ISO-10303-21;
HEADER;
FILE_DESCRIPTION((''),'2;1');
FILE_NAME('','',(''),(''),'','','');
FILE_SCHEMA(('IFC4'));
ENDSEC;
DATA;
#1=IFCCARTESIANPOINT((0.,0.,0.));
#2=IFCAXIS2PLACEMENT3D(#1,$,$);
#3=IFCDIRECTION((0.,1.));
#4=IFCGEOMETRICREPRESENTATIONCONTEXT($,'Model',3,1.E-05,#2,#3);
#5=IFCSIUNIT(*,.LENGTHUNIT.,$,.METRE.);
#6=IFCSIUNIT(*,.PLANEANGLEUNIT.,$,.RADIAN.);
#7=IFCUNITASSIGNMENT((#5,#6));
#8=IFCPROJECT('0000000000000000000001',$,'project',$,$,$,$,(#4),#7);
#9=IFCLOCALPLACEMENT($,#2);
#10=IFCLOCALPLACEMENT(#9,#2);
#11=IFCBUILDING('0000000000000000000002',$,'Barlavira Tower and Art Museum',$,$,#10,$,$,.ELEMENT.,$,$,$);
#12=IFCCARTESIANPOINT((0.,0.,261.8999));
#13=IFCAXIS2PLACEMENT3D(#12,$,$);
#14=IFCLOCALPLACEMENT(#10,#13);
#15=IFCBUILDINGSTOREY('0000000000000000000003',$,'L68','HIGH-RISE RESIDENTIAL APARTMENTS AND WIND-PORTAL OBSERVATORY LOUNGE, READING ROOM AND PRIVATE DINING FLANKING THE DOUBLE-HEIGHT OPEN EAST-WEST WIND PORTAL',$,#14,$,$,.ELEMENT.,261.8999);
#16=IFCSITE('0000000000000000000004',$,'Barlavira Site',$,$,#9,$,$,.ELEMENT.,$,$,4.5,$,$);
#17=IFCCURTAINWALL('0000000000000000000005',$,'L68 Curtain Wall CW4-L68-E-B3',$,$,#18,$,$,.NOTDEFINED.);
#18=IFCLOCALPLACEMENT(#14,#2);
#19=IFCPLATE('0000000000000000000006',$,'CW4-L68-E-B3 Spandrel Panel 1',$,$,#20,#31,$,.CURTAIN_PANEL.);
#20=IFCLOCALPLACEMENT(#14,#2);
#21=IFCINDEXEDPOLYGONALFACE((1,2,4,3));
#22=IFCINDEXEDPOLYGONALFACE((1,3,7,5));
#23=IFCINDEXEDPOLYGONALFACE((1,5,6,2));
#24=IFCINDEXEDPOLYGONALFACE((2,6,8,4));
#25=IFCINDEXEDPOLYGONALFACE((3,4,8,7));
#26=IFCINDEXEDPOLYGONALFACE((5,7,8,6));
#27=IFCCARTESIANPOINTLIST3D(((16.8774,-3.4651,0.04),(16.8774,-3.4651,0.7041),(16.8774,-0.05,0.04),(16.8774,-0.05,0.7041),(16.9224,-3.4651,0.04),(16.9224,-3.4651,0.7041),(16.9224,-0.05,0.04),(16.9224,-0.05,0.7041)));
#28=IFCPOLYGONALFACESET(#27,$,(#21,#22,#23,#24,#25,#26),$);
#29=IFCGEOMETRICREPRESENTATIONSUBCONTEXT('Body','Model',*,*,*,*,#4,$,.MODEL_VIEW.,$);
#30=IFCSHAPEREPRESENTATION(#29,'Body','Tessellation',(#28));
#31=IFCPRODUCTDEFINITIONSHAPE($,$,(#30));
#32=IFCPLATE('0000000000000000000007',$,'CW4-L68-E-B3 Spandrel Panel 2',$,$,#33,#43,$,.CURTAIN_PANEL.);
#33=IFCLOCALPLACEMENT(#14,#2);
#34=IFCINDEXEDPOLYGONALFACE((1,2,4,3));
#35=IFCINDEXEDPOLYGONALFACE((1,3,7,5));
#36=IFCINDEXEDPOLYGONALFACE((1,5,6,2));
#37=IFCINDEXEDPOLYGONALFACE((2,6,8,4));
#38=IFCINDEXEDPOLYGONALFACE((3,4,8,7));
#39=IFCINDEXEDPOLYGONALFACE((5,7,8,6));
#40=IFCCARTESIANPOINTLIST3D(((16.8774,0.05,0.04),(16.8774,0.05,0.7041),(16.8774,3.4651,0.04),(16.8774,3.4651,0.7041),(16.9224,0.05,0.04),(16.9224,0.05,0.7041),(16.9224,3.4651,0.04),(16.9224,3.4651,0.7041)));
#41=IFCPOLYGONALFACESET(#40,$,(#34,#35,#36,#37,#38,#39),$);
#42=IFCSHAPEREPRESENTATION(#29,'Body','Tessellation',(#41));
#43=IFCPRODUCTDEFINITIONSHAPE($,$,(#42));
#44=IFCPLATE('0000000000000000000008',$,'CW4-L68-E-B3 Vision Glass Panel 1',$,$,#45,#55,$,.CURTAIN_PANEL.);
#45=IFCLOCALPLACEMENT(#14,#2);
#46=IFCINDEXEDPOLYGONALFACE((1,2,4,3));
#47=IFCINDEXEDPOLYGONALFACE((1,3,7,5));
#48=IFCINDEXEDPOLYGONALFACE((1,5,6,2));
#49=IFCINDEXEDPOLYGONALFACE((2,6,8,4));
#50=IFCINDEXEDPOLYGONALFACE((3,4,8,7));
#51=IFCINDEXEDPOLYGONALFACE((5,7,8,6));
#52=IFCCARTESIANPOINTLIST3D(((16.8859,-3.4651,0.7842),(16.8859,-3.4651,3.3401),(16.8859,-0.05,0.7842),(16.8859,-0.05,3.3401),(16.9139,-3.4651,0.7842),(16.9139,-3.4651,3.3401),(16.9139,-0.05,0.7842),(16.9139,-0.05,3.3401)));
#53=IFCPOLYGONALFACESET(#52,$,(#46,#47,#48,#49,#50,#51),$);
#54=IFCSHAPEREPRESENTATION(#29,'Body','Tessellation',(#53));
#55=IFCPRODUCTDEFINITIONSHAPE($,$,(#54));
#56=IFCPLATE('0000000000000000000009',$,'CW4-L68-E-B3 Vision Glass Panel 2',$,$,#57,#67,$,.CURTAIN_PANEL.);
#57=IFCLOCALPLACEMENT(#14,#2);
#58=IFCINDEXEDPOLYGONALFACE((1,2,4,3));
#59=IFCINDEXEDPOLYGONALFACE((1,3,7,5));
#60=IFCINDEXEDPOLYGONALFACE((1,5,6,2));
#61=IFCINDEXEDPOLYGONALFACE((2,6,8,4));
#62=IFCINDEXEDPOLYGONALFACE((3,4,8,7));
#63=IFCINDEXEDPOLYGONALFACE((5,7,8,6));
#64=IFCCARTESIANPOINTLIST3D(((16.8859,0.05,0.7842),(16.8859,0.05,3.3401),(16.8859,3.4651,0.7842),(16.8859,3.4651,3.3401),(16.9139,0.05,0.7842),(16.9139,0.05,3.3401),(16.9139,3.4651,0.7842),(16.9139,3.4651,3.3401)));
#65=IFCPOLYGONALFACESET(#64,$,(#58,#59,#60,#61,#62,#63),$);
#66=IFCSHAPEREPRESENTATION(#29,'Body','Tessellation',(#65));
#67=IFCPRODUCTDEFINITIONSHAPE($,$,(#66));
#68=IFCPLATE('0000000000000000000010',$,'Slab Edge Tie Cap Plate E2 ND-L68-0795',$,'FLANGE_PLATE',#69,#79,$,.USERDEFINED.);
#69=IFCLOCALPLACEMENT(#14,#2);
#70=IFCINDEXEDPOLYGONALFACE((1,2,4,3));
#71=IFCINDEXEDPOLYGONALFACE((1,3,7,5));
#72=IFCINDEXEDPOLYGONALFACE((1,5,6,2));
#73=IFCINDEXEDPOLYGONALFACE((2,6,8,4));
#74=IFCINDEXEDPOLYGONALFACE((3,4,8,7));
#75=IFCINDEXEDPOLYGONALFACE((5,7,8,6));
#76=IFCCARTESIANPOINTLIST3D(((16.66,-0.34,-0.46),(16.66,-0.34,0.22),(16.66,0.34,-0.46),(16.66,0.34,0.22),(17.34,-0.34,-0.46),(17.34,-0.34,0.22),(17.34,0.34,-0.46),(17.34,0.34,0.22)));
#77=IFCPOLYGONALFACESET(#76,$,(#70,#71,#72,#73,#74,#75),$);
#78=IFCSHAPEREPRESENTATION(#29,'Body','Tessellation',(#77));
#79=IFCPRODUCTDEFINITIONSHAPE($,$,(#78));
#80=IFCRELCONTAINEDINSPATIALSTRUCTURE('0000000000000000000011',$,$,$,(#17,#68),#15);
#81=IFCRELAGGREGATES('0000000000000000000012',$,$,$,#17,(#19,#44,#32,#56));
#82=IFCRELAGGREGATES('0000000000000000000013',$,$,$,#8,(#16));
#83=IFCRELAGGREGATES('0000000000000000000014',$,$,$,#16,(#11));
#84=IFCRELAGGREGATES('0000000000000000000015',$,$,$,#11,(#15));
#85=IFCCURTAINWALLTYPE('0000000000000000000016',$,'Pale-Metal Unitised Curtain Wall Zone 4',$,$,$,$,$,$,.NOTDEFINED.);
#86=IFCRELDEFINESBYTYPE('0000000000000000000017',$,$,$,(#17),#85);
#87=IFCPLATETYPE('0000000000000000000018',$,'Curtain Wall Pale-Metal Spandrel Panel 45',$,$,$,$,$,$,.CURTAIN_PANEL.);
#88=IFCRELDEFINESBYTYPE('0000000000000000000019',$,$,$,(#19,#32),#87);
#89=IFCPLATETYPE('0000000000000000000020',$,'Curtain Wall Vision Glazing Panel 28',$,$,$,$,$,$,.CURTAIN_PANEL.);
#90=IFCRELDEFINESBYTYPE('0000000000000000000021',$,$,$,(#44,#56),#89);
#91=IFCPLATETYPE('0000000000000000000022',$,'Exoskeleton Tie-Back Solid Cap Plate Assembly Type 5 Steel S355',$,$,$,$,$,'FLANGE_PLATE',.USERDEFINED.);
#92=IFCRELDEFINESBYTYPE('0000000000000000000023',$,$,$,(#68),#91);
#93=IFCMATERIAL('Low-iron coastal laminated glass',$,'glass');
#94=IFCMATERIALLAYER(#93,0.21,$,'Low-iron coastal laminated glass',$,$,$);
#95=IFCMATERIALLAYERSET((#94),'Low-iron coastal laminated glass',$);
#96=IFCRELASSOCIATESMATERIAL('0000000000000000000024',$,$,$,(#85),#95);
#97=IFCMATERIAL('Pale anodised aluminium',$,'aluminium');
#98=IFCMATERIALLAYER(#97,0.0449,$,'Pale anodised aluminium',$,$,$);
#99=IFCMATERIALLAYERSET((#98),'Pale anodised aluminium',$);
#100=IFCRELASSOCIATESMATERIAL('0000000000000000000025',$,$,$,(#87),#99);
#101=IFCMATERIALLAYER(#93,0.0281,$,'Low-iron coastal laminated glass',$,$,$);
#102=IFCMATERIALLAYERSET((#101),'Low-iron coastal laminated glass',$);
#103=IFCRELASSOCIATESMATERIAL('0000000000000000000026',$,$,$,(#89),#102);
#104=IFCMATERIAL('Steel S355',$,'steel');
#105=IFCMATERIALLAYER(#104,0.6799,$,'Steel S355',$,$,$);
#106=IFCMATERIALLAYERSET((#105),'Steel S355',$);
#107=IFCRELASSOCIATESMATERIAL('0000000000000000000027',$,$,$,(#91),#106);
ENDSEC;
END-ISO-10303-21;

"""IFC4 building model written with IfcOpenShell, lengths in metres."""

from ifc_helpers import new_model, si_unit, direction, frame, origin, origin_2d, place, context, subcontext, project, spatial, rectangle, extrude, material, layer, layer_set, type_object, element, aggregate, save


model = new_model("IFC4")

# Units and contexts
model_context = context("Model", 3, precision=1e-05, world=origin(), true_north=direction((0.0, 1.0)))
body_context = subcontext(model_context, "Body", "Model", "MODEL_VIEW")
ifc_project = project(units=[si_unit("LENGTHUNIT", "METRE"), si_unit("PLANEANGLEUNIT", "RADIAN")], contexts=[model_context])

# Site, building, storey
site_placement = place(None, origin())
site = spatial("IfcSite", under=ifc_project, at=site_placement, Name="Barlavira Site", CompositionType="ELEMENT", RefElevation=4.5)
building_placement = place(site_placement, origin())
building = spatial("IfcBuilding", under=site, at=building_placement, Name="Barlavira Tower and Art Museum", CompositionType="ELEMENT")
storey_placement = place(building_placement, frame((0.0, 0.0, 261.8999)))
storey = spatial("IfcBuildingStorey", under=building, at=storey_placement, Name="L68", Description="HIGH-RISE RESIDENTIAL APARTMENTS AND WIND-PORTAL OBSERVATORY LOUNGE, READING ROOM AND PRIVATE DINING FLANKING THE DOUBLE-HEIGHT OPEN EAST-WEST WIND PORTAL", CompositionType="ELEMENT", Elevation=261.8999)

# Curtain wall
ifc_material_1 = material(Name="Low-iron coastal laminated glass", Category="glass")
ifc_layer_1 = layer(ifc_material_1, 0.21, Name="Low-iron coastal laminated glass")
ifc_layer_set_1 = layer_set([ifc_layer_1], Name="Low-iron coastal laminated glass")
curtain_wall_type = type_object("IfcCurtainWallType", Name="Pale-Metal Unitised Curtain Wall Zone 4", PredefinedType="NOTDEFINED", material=ifc_layer_set_1)
curtain_wall_placement = place(storey_placement, origin())
curtain_wall = element("IfcCurtainWall", 1, at=curtain_wall_placement, inside=storey, type_object=curtain_wall_type, Name="L68 Curtain Wall CW4-L68-E-B3", PredefinedType="NOTDEFINED")
ifc_material_2 = material(Name="Pale anodised aluminium", Category="aluminium")

# Shared definitions
ifc_material_3 = material(Name="Steel S355", Category="steel")

# Plates
ifc_layer_2 = layer(ifc_material_2, 0.0449, Name="Pale anodised aluminium")
ifc_layer_set_2 = layer_set([ifc_layer_2], Name="Pale anodised aluminium")
plate_type_1 = type_object("IfcPlateType", Name="Curtain Wall Pale-Metal Spandrel Panel 45", PredefinedType="CURTAIN_PANEL", material=ifc_layer_set_2)
plate_1_placement = place(storey_placement, frame((16.8999, -1.7576, 0.04), z_axis=(0.0, 0.0, 1.0), x_axis=(0.0, 1.0, 0.0)))
plate_1 = element("IfcPlate", 2, at=plate_1_placement, type_object=plate_type_1, Name="CW4-L68-E-B3 Spandrel Panel 1", PredefinedType="CURTAIN_PANEL", context=body_context, shape_type="SweptSolid", body=[
    extrude(rectangle(XDim=3.415, YDim=0.0449, at=origin_2d()), origin(), (0.0, 0.0, 1.0), 0.6641),
])
plate_2_placement = place(storey_placement, frame((16.8999, 1.7576, 0.04), z_axis=(0.0, 0.0, 1.0), x_axis=(0.0, 1.0, 0.0)))
plate_2 = element("IfcPlate", 3, at=plate_2_placement, type_object=plate_type_1, Name="CW4-L68-E-B3 Spandrel Panel 2", PredefinedType="CURTAIN_PANEL", context=body_context, shape_type="SweptSolid", body=[
    extrude(rectangle(XDim=3.415, YDim=0.0449, at=origin_2d()), origin(), (0.0, 0.0, 1.0), 0.6641),
])
ifc_layer_3 = layer(ifc_material_1, 0.0281, Name="Low-iron coastal laminated glass")
ifc_layer_set_3 = layer_set([ifc_layer_3], Name="Low-iron coastal laminated glass")
plate_type_2 = type_object("IfcPlateType", Name="Curtain Wall Vision Glazing Panel 28", PredefinedType="CURTAIN_PANEL", material=ifc_layer_set_3)
plate_3_placement = place(storey_placement, frame((16.8999, -1.7576, 0.7842), z_axis=(0.0, 0.0, 1.0), x_axis=(0.0, 1.0, 0.0)))
plate_3 = element("IfcPlate", 4, at=plate_3_placement, type_object=plate_type_2, Name="CW4-L68-E-B3 Vision Glass Panel 1", PredefinedType="CURTAIN_PANEL", context=body_context, shape_type="SweptSolid", body=[
    extrude(rectangle(XDim=3.415, YDim=0.0281, at=origin_2d()), origin(), (0.0, 0.0, 1.0), 2.5559),
])
plate_4_placement = place(storey_placement, frame((16.8999, 1.7576, 0.7842), z_axis=(0.0, 0.0, 1.0), x_axis=(0.0, 1.0, 0.0)))
plate_4 = element("IfcPlate", 5, at=plate_4_placement, type_object=plate_type_2, Name="CW4-L68-E-B3 Vision Glass Panel 2", PredefinedType="CURTAIN_PANEL", context=body_context, shape_type="SweptSolid", body=[
    extrude(rectangle(XDim=3.415, YDim=0.0281, at=origin_2d()), origin(), (0.0, 0.0, 1.0), 2.5559),
])
aggregate(curtain_wall, [plate_1, plate_3, plate_2, plate_4])
ifc_layer_4 = layer(ifc_material_3, 0.6799, Name="Steel S355")
ifc_layer_set_4 = layer_set([ifc_layer_4], Name="Steel S355")
plate_type_3 = type_object("IfcPlateType", Name="Exoskeleton Tie-Back Solid Cap Plate Assembly Type 5 Steel S355", ElementType="FLANGE_PLATE", PredefinedType="USERDEFINED", material=ifc_layer_set_4)
plate_5_placement = place(storey_placement, frame((17.0, 0.0, -0.46), z_axis=(0.0, 0.0, 1.0), x_axis=(1.0, 0.0, 0.0)))
element("IfcPlate", 6, at=plate_5_placement, inside=storey, type_object=plate_type_3, Name="Slab Edge Tie Cap Plate E2 ND-L68-0795", ObjectType="FLANGE_PLATE", PredefinedType="USERDEFINED", context=body_context, shape_type="SweptSolid", body=[
    extrude(rectangle(XDim=0.6799, YDim=0.6799, at=origin_2d()), origin(), (0.0, 0.0, 1.0), 0.6799),
])

save(model, "model.ifc")
